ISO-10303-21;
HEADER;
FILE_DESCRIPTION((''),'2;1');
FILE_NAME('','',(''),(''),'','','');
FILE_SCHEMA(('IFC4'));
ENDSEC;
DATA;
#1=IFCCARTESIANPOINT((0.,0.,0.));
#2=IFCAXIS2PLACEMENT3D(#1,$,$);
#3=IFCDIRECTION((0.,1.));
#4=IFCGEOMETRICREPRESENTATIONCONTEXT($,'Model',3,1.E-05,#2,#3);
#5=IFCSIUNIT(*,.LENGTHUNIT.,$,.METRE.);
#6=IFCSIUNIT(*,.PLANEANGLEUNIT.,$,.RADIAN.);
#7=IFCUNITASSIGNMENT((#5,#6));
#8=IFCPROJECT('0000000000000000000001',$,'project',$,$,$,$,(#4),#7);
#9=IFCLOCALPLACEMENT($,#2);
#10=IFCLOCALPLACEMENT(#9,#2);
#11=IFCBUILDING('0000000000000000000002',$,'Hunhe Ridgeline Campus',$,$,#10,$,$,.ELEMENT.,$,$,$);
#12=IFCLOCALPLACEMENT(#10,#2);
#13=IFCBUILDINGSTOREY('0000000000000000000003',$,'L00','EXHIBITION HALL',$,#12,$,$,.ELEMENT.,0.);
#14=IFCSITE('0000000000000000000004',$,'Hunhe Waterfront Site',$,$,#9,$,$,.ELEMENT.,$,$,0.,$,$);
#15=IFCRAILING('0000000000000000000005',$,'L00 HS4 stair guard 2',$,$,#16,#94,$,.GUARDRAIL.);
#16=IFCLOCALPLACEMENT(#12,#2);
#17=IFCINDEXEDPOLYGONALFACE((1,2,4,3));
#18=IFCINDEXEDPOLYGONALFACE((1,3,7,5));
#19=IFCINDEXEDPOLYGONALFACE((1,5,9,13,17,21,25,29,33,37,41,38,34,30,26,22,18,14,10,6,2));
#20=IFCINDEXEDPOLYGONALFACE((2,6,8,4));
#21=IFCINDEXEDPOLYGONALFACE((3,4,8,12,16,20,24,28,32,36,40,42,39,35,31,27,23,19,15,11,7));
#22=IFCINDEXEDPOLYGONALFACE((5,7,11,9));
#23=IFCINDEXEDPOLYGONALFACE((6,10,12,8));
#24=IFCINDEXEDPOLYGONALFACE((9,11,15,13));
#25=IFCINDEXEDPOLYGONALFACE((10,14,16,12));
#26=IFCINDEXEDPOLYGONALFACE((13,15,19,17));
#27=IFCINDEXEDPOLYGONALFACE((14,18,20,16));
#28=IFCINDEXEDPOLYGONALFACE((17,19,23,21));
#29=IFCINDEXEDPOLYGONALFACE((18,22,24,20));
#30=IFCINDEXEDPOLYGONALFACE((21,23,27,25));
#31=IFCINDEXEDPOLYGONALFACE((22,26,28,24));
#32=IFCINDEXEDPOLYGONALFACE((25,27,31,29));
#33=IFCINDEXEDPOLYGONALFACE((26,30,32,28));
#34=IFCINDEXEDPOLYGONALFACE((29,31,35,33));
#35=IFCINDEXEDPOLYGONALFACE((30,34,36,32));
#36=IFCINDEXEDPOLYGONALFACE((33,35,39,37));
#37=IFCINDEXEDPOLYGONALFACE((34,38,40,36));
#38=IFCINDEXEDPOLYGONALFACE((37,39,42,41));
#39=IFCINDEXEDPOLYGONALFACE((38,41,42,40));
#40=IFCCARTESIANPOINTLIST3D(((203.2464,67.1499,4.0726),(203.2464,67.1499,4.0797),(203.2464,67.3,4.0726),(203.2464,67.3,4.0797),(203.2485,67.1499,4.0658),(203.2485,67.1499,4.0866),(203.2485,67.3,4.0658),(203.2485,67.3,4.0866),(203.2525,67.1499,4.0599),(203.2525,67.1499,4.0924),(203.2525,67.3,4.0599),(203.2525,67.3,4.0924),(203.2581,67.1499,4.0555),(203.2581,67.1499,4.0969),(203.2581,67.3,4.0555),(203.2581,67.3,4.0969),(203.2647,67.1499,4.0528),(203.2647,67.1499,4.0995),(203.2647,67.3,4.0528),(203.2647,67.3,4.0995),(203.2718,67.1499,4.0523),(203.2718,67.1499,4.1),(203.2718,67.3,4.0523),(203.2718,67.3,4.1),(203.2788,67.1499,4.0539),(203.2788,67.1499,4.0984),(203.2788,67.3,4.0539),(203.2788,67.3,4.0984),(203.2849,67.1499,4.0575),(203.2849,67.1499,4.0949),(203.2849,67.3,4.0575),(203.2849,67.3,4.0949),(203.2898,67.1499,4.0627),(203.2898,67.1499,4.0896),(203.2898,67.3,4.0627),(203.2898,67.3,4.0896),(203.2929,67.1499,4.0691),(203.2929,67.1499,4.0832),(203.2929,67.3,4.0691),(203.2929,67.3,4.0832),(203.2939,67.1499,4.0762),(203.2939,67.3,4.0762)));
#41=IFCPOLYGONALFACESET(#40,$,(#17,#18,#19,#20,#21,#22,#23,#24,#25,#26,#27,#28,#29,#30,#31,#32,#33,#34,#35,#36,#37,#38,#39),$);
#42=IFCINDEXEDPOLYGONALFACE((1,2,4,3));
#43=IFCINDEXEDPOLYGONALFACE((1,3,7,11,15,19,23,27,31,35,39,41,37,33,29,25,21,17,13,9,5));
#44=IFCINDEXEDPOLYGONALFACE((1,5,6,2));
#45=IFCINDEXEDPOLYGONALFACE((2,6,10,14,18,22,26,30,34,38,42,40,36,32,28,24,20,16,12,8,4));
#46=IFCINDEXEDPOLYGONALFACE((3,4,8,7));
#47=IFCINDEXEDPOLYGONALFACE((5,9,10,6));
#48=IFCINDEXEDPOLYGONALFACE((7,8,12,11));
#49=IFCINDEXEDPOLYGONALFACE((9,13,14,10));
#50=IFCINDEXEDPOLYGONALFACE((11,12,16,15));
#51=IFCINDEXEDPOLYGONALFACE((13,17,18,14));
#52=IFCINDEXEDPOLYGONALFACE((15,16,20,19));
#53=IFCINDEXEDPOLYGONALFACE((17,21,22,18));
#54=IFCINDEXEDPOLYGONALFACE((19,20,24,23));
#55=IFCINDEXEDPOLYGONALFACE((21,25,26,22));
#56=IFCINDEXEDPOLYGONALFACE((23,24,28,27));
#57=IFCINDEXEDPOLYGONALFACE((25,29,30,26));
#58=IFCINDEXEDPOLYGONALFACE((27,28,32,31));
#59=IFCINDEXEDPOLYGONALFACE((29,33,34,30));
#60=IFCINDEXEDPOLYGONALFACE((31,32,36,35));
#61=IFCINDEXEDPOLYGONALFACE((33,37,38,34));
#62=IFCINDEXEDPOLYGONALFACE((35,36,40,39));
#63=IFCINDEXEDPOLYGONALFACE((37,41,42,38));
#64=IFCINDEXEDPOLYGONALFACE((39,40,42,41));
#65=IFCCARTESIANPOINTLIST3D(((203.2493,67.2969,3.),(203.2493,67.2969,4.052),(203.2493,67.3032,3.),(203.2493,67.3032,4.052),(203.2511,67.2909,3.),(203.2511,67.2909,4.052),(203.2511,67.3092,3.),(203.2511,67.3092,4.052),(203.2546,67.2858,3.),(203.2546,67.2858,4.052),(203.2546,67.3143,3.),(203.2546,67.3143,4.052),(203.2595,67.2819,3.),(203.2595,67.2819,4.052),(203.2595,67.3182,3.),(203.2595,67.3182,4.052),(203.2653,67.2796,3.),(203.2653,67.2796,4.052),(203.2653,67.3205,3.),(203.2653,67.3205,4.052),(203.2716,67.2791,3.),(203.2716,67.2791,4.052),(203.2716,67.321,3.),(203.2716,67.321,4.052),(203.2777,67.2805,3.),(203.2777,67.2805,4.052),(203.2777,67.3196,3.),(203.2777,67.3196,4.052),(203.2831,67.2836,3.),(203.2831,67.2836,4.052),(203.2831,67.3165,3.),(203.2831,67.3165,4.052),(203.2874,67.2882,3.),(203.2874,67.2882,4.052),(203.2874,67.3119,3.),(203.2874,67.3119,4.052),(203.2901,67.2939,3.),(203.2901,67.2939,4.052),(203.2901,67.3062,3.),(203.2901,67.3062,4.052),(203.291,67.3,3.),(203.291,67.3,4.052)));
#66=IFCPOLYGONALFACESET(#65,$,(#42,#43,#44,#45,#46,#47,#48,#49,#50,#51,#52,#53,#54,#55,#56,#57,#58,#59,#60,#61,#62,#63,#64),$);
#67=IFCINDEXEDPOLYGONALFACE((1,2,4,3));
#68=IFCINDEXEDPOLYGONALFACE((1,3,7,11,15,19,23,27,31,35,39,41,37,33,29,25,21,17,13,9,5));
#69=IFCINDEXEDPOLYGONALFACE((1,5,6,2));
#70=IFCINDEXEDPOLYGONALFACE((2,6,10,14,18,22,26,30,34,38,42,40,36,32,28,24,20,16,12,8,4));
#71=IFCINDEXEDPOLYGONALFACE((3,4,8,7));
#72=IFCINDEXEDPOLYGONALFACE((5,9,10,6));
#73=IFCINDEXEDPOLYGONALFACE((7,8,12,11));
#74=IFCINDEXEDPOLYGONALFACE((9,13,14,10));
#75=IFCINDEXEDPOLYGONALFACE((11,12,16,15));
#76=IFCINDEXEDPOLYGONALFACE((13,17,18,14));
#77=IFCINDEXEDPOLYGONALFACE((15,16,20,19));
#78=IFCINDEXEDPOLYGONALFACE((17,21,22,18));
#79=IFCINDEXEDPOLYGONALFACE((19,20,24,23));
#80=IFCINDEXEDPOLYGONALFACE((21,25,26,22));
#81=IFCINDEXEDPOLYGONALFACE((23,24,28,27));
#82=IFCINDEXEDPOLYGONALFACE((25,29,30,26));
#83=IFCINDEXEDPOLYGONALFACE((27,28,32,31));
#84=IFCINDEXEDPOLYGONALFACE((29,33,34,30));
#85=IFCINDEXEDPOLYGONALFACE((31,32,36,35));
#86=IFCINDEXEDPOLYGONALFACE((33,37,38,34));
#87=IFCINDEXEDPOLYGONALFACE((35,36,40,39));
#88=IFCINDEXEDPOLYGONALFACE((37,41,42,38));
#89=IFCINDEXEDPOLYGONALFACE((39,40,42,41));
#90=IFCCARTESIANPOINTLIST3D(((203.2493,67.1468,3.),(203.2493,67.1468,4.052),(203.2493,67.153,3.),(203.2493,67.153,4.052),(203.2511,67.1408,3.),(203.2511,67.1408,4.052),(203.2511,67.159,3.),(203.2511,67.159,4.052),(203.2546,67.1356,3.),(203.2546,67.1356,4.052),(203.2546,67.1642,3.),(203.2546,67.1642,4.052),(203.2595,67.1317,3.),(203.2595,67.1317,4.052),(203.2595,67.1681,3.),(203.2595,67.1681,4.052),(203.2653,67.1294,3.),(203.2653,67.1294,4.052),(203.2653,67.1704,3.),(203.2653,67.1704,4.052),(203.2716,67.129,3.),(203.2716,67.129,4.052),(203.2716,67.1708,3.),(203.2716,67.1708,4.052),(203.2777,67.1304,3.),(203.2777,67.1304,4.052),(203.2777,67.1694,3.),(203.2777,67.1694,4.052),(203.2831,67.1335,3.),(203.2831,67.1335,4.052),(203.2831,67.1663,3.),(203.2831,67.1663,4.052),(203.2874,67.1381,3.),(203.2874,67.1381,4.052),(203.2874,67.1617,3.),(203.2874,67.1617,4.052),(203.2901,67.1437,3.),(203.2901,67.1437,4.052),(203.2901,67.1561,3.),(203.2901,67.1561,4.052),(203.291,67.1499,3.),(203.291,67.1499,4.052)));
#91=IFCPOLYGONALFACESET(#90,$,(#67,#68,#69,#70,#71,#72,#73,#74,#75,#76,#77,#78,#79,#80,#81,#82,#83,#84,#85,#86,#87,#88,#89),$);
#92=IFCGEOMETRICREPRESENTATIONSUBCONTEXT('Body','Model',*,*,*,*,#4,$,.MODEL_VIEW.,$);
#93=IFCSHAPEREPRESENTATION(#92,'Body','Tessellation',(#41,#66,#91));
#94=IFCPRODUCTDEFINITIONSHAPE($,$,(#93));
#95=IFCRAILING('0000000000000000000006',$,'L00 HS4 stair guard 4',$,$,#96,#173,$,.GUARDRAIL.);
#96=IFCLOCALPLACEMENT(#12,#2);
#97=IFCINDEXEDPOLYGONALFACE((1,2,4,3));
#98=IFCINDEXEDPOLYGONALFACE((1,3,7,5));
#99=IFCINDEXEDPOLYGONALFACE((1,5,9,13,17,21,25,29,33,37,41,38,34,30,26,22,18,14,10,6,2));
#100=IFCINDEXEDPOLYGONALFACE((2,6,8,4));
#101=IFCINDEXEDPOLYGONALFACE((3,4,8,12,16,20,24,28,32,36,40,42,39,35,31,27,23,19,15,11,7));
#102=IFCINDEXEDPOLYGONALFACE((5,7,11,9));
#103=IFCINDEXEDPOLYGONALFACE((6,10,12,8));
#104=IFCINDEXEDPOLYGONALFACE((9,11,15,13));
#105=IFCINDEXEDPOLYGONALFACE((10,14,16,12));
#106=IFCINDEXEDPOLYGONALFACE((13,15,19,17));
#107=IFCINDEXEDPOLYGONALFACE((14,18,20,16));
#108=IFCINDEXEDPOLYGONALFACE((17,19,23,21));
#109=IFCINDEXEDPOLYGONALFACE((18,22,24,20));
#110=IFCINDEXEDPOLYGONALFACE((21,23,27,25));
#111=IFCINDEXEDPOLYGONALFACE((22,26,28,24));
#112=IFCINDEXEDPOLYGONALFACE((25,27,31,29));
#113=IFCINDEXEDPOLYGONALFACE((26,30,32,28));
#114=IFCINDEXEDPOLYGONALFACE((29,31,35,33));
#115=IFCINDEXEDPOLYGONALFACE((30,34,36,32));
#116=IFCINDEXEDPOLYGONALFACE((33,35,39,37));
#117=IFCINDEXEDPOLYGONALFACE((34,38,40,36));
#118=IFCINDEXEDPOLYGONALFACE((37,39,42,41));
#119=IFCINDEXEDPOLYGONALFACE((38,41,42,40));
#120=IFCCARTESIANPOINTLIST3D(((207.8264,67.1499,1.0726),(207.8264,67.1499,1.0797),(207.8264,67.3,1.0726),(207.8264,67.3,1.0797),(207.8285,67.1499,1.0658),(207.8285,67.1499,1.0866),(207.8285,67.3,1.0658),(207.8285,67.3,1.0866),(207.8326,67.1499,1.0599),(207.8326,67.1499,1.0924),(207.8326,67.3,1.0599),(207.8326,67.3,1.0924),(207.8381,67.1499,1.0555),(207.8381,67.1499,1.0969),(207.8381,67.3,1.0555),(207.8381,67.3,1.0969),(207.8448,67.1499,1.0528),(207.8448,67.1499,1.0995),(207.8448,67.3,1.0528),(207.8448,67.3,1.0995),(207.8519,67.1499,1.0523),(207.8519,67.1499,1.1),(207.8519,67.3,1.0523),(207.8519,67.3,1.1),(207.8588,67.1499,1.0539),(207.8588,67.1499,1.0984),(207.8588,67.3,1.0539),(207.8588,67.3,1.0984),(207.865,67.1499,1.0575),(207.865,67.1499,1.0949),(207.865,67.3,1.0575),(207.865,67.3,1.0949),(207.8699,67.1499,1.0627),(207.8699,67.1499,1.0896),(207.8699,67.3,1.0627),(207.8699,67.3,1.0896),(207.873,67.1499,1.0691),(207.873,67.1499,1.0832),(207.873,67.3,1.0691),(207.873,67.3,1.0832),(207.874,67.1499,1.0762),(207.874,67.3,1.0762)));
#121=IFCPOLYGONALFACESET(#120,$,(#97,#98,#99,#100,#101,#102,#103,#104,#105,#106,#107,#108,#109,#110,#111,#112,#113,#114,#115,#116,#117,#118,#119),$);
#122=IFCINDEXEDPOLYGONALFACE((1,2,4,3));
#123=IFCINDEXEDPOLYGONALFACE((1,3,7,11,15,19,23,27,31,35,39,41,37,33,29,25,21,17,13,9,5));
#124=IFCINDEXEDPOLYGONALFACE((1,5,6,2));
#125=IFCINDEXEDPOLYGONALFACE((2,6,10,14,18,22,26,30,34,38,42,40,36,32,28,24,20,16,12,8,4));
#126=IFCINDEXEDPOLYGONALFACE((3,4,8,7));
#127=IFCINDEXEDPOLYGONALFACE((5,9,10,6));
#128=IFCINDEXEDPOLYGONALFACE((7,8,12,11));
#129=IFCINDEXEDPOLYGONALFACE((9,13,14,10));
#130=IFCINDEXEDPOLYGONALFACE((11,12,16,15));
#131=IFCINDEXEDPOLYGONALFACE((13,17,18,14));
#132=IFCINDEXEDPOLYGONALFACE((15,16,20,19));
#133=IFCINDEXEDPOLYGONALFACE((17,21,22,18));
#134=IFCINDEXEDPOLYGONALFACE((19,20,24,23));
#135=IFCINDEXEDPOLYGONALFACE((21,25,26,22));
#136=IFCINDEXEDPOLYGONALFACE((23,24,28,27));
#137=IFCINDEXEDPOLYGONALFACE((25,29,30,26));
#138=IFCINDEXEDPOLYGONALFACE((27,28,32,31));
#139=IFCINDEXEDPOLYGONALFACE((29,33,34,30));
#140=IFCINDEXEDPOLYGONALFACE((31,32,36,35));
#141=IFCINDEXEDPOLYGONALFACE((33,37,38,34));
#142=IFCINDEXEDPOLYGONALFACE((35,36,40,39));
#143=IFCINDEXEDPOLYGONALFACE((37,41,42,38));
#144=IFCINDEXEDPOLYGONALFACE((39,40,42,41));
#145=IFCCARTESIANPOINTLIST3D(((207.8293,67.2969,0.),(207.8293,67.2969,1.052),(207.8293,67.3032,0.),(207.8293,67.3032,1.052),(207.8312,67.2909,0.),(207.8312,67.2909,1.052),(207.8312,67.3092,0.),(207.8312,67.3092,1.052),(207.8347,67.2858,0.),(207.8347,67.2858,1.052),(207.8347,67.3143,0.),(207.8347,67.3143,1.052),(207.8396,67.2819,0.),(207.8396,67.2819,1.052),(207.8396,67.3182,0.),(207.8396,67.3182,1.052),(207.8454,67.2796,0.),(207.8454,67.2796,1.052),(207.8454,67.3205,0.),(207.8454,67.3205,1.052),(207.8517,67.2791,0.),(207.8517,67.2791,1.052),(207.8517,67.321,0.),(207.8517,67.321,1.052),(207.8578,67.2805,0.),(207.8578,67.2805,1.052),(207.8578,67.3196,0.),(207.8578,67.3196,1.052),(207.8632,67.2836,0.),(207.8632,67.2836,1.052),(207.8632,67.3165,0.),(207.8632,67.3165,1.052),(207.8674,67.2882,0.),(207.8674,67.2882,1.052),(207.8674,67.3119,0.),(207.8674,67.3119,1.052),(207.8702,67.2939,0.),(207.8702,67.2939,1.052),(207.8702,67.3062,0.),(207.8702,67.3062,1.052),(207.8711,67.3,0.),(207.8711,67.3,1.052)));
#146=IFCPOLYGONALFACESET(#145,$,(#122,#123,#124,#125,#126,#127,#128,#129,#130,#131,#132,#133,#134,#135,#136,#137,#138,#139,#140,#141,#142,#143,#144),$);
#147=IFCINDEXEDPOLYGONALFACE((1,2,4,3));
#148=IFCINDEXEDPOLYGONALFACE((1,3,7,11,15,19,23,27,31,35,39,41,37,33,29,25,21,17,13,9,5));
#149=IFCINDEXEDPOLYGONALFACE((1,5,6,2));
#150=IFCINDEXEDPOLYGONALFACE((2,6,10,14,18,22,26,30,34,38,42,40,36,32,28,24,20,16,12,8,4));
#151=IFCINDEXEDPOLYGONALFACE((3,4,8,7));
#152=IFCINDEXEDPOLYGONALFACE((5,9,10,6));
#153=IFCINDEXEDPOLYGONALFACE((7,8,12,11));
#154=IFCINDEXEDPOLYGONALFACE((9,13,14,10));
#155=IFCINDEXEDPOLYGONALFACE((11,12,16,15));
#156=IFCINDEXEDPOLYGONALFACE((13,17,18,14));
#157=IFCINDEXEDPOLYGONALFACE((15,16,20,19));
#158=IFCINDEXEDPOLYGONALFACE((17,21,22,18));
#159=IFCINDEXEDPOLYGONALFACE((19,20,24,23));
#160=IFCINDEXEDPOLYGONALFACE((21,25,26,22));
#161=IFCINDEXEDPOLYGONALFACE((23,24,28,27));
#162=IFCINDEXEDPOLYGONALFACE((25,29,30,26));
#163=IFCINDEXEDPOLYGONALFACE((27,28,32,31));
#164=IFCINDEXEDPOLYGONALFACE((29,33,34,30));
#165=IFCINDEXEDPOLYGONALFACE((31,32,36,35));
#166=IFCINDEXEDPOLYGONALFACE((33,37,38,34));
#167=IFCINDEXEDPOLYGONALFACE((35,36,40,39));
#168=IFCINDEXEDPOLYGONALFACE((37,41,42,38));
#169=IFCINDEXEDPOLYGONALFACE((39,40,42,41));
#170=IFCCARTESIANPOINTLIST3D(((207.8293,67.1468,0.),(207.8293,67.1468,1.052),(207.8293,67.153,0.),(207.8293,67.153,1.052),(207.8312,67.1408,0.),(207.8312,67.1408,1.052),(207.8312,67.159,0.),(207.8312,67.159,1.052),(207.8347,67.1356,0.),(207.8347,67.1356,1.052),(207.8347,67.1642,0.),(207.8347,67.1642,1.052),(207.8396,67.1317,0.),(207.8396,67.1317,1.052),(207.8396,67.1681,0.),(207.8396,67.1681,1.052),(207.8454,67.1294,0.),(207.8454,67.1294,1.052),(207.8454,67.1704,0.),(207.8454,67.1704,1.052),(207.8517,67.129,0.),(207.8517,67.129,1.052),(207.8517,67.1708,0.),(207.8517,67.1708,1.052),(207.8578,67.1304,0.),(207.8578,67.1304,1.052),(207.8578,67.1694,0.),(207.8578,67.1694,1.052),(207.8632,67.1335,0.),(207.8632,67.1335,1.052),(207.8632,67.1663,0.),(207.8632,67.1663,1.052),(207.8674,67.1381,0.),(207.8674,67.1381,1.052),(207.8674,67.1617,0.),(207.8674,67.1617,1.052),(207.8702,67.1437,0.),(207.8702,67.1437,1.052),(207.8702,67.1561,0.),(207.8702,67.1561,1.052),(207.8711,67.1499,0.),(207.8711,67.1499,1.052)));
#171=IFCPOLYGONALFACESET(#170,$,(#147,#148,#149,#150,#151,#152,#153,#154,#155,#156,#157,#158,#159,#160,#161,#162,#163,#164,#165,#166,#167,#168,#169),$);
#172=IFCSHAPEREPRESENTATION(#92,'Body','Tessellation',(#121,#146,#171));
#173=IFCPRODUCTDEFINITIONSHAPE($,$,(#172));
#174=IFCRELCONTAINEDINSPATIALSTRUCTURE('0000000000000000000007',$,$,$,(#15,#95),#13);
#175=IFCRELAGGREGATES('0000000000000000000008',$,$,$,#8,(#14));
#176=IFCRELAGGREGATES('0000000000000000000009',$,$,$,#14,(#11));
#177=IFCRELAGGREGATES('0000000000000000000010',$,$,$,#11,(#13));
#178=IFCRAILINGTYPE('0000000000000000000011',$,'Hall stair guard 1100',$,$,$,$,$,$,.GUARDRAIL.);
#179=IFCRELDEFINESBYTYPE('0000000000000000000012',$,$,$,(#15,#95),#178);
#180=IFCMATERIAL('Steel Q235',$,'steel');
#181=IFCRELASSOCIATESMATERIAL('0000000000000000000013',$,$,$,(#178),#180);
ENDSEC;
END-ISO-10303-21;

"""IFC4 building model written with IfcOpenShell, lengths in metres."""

from ifc_helpers import new_model, si_unit, direction, frame, origin, origin_2d, place, context, subcontext, project, spatial, circle, extrude, material, type_object, element, save


model = new_model("IFC4")

# Units and contexts
model_context = context("Model", 3, precision=1e-05, world=origin(), true_north=direction((0.0, 1.0)))
body_context = subcontext(model_context, "Body", "Model", "MODEL_VIEW")
ifc_project = project(units=[si_unit("LENGTHUNIT", "METRE"), si_unit("PLANEANGLEUNIT", "RADIAN")], contexts=[model_context])

# Site, building, storey
site_placement = place(None, origin())
site = spatial("IfcSite", under=ifc_project, at=site_placement, Name="Hunhe Waterfront Site", CompositionType="ELEMENT", RefElevation=0.0)
building_placement = place(site_placement, origin())
building = spatial("IfcBuilding", under=site, at=building_placement, Name="Hunhe Ridgeline Campus", CompositionType="ELEMENT")
storey_placement = place(building_placement, origin())
storey = spatial("IfcBuildingStorey", under=building, at=storey_placement, Name="L00", Description="EXHIBITION HALL", CompositionType="ELEMENT", Elevation=0.0)

# Shared definitions
ifc_material_1 = material(Name="Steel Q235", Category="steel")

# Railings
railing_type_1 = type_object("IfcRailingType", Name="Hall stair guard 1100", PredefinedType="GUARDRAIL", material=ifc_material_1)
for number, where, name in (
    (1, (203.27, 67.3, 3.0), "L00 HS4 stair guard 2"),
    (2, (207.8501, 67.3, 0.0), "L00 HS4 stair guard 4"),
):
    element("IfcRailing", number, at=place(storey_placement, frame(where)), inside=storey, type_object=railing_type_1, Name=name, PredefinedType="GUARDRAIL", context=body_context, shape_type="SweptSolid", body=[
        extrude(circle(Radius=0.0239, at=origin_2d()), frame((0.0, 0.0, 1.0762), z_axis=(0.0, -1.0, 0.0), x_axis=(1.0, 0.0, 0.0)), (0.0, 0.0, 1.0), 0.1501),
        extrude(circle(Radius=0.021, at=origin_2d()), origin(), (0.0, 0.0, 1.0), 1.052),
        extrude(circle(Radius=0.021, at=origin_2d()), frame((0.0, -0.1501, 0.0)), (0.0, 0.0, 1.0), 1.052),
    ])

save(model, "model.ifc")
